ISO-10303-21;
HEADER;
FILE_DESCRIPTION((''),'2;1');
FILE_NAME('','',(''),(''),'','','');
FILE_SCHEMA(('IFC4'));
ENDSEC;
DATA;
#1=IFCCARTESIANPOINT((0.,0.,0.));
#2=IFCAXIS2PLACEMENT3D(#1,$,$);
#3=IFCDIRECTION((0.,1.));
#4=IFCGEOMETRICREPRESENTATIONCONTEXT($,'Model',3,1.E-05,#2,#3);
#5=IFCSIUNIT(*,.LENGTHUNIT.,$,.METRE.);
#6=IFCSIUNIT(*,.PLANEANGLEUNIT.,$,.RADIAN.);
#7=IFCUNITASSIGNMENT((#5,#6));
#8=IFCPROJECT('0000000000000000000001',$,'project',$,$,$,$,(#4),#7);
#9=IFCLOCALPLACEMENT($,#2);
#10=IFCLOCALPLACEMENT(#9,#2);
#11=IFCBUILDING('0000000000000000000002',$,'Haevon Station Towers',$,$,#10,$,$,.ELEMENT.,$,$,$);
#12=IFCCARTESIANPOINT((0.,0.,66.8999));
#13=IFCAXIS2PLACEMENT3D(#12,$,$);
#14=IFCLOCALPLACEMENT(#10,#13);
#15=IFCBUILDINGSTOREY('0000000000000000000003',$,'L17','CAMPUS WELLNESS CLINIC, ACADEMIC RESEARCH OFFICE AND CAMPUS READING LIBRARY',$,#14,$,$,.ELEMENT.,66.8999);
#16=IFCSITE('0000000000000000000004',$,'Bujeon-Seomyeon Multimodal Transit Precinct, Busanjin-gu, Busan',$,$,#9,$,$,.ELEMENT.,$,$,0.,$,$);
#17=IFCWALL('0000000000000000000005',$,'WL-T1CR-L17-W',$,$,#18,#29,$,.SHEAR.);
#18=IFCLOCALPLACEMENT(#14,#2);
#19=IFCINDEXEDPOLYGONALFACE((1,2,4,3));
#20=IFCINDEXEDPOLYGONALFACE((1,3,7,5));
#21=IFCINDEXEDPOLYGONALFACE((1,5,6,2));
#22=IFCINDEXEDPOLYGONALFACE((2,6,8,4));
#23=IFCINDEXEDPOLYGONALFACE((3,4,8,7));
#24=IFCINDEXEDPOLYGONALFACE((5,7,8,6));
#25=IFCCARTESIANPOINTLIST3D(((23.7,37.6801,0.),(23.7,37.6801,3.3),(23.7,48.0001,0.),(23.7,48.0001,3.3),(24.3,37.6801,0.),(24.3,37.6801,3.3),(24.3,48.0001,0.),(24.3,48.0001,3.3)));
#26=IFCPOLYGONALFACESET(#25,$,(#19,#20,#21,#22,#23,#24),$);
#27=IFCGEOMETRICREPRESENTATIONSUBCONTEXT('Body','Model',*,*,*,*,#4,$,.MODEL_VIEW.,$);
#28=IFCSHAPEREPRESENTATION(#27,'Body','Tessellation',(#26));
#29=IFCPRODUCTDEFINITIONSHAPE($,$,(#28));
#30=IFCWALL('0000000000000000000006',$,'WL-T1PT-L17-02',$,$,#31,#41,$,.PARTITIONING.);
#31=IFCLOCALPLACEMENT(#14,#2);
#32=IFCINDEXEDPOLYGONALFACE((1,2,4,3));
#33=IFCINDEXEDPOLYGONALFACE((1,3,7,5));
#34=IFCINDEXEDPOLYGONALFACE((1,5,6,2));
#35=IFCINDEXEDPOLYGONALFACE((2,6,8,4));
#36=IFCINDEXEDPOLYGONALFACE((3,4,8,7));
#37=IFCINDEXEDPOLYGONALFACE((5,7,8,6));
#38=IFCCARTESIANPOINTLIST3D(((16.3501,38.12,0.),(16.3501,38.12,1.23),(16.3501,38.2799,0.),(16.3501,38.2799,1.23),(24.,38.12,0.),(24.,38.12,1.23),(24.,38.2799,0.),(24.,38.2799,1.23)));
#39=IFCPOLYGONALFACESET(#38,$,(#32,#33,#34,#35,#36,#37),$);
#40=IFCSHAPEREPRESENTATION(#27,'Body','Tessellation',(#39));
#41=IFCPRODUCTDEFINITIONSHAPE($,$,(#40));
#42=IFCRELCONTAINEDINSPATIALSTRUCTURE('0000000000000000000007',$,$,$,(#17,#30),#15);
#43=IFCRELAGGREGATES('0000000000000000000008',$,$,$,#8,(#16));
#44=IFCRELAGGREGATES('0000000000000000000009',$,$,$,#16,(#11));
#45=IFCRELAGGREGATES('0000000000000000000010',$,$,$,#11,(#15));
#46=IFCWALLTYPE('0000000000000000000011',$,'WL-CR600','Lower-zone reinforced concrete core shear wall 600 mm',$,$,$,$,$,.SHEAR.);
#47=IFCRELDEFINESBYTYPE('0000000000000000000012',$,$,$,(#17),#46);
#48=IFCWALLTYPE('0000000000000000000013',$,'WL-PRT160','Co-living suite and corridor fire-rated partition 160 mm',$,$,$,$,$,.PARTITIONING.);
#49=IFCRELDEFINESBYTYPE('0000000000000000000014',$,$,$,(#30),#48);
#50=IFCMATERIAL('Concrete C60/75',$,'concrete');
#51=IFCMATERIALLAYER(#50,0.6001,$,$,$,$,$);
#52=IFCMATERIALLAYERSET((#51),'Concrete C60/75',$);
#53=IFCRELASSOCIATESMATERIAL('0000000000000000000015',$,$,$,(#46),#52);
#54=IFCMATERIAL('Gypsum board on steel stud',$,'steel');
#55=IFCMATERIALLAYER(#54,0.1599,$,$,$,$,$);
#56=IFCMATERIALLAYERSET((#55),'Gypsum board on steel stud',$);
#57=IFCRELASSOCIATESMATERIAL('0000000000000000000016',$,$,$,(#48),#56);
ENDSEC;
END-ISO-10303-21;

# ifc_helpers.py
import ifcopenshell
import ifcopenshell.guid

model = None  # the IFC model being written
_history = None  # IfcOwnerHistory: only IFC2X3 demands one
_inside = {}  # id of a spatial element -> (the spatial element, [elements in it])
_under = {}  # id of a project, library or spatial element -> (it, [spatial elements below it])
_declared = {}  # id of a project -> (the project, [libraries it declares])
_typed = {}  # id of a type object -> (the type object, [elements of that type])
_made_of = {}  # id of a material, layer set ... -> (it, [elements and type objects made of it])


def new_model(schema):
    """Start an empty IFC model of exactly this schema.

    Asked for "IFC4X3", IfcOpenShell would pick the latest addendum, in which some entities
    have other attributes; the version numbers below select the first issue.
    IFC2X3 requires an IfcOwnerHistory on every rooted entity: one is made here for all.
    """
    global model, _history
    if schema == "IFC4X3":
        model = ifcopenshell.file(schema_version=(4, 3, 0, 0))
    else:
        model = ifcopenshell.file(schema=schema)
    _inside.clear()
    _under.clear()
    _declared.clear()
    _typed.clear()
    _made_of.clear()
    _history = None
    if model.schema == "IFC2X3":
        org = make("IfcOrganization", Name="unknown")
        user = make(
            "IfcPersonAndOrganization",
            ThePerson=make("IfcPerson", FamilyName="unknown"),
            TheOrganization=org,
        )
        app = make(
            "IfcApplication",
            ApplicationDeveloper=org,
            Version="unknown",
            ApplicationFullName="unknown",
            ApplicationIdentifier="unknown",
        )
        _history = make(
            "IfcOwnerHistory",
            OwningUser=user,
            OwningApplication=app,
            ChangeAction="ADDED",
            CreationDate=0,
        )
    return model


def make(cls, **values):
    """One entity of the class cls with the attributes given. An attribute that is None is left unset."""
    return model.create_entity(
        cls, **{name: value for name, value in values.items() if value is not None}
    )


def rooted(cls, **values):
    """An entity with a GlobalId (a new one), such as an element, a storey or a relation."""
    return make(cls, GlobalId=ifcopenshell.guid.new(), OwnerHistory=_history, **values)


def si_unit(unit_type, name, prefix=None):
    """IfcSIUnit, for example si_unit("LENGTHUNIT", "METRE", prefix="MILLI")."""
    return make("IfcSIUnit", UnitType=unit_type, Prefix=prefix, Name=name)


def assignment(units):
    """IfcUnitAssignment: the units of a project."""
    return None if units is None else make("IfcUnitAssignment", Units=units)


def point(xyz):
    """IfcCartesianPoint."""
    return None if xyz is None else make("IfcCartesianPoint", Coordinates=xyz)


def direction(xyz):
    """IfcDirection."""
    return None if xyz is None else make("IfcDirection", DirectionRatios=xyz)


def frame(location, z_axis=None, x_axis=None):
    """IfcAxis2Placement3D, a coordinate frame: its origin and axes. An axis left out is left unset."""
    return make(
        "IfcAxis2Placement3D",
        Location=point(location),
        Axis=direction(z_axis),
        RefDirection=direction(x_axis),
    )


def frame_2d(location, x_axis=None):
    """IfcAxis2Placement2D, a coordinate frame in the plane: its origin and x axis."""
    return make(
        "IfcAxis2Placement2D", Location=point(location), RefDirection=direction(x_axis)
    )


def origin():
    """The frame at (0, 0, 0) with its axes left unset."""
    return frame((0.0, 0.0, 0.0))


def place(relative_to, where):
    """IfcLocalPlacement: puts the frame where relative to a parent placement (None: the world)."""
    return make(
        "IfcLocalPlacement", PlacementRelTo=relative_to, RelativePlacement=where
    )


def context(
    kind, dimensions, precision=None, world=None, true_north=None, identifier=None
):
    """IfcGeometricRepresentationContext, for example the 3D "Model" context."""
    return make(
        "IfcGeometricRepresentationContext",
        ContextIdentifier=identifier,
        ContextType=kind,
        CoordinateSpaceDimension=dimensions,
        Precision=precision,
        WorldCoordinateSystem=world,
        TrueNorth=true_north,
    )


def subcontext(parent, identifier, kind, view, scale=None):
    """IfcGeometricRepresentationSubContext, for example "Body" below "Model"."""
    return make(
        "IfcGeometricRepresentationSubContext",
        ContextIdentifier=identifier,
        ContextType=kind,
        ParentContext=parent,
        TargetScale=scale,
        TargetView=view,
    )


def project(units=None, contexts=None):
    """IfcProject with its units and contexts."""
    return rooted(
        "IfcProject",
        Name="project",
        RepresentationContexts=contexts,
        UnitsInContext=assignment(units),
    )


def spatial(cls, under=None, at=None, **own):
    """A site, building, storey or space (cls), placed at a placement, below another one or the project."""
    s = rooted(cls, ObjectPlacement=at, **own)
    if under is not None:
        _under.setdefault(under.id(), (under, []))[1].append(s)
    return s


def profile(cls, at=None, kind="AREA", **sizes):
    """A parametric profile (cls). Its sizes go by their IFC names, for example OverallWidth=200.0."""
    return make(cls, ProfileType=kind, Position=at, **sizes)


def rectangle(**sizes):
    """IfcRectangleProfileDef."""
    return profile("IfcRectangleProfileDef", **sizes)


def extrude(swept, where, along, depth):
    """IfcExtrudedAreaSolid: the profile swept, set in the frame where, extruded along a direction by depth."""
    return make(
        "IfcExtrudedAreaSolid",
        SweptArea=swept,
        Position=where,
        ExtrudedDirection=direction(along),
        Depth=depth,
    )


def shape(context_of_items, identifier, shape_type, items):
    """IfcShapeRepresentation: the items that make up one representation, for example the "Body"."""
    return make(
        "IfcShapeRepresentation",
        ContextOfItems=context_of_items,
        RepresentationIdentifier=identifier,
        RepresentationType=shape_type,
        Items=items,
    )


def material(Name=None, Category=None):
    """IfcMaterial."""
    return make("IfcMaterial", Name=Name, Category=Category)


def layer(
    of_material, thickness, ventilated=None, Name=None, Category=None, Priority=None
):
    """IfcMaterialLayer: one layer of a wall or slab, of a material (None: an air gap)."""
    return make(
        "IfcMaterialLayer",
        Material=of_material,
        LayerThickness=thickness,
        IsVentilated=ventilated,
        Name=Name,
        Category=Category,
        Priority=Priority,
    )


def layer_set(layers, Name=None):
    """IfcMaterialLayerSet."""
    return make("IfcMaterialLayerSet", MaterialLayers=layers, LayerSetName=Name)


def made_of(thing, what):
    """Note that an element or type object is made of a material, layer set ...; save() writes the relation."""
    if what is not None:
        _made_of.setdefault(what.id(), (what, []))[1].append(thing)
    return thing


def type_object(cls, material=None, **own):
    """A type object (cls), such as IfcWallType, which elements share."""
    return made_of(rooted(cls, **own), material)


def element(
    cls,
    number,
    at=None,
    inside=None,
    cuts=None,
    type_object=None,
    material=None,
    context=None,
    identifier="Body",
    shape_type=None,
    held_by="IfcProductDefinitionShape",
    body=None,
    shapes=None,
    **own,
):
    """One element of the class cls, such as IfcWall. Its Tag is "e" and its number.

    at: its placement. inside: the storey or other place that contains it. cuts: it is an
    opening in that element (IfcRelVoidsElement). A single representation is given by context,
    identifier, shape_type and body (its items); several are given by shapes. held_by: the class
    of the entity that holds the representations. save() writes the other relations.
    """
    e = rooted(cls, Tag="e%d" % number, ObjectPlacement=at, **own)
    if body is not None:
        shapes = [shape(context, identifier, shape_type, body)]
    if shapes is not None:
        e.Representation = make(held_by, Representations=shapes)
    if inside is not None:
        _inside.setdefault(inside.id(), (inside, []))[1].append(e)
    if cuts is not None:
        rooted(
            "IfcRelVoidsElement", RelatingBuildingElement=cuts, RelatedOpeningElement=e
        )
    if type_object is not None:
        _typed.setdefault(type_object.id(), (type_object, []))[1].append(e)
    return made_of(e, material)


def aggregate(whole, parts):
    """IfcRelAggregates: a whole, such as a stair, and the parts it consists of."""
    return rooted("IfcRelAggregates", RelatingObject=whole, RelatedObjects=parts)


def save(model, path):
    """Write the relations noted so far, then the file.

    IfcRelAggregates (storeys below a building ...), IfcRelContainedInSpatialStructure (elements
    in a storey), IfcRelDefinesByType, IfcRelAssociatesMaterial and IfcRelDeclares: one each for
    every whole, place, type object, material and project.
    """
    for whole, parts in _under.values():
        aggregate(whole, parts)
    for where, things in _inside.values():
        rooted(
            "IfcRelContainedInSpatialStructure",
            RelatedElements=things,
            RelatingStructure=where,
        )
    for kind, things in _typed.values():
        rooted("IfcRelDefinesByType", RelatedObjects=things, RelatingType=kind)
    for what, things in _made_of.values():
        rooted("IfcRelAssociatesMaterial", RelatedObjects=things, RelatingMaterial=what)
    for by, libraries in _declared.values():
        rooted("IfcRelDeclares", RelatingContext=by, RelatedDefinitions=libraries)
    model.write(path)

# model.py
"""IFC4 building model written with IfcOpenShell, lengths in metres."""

from ifc_helpers import new_model, si_unit, direction, frame, frame_2d, origin, place, context, subcontext, project, spatial, rectangle, extrude, material, layer, layer_set, type_object, element, save


model = new_model("IFC4")

# Units and contexts
model_context = context("Model", 3, precision=1e-05, world=origin(), true_north=direction((0.0, 1.0)))
body_context = subcontext(model_context, "Body", "Model", "MODEL_VIEW")
ifc_project = project(units=[si_unit("LENGTHUNIT", "METRE"), si_unit("PLANEANGLEUNIT", "RADIAN")], contexts=[model_context])

# Site, building, storey
site_placement = place(None, origin())
site = spatial("IfcSite", under=ifc_project, at=site_placement, Name="Bujeon-Seomyeon Multimodal Transit Precinct, Busanjin-gu, Busan", CompositionType="ELEMENT", RefElevation=0.0)
building_placement = place(site_placement, origin())
building = spatial("IfcBuilding", under=site, at=building_placement, Name="Haevon Station Towers", CompositionType="ELEMENT")
storey_placement = place(building_placement, frame((0.0, 0.0, 66.8999)))
storey = spatial("IfcBuildingStorey", under=building, at=storey_placement, Name="L17", Description="CAMPUS WELLNESS CLINIC, ACADEMIC RESEARCH OFFICE AND CAMPUS READING LIBRARY", CompositionType="ELEMENT", Elevation=66.8999)

# Shared definitions
ifc_material_1 = material(Name="Gypsum board on steel stud", Category="steel")

# Walls
ifc_material_2 = material(Name="Concrete C60/75", Category="concrete")
ifc_layer_1 = layer(ifc_material_2, 0.6001)
ifc_layer_set_1 = layer_set([ifc_layer_1], Name="Concrete C60/75")
wall_type_1 = type_object("IfcWallType", Name="WL-CR600", Description="Lower-zone reinforced concrete core shear wall 600 mm", PredefinedType="SHEAR", material=ifc_layer_set_1)
wall_1_placement = place(storey_placement, frame((24.0, 37.6799, 0.0), z_axis=(0.0, 0.0, 1.0), x_axis=(0.0, 1.0, 0.0)))
element("IfcWall", 1, at=wall_1_placement, inside=storey, type_object=wall_type_1, Name="WL-T1CR-L17-W", PredefinedType="SHEAR", context=body_context, shape_type="SweptSolid", body=[
    extrude(rectangle(XDim=10.3201, YDim=0.6001, at=frame_2d((5.1602, 0.0))), origin(), (0.0, 0.0, 1.0), 3.3),
])
ifc_layer_2 = layer(ifc_material_1, 0.1599)
ifc_layer_set_2 = layer_set([ifc_layer_2], Name="Gypsum board on steel stud")
wall_type_2 = type_object("IfcWallType", Name="WL-PRT160", Description="Co-living suite and corridor fire-rated partition 160 mm", PredefinedType="PARTITIONING", material=ifc_layer_set_2)
wall_2_placement = place(storey_placement, frame((16.3501, 38.2, 0.0), z_axis=(0.0, 0.0, 1.0), x_axis=(1.0, 0.0, 0.0)))
element("IfcWall", 2, at=wall_2_placement, inside=storey, type_object=wall_type_2, Name="WL-T1PT-L17-02", PredefinedType="PARTITIONING", context=body_context, shape_type="SweptSolid", body=[
    extrude(rectangle(XDim=7.6499, YDim=0.1599, at=frame_2d((3.825, 0.0))), origin(), (0.0, 0.0, 1.0), 1.23),
])

save(model, "model.ifc")
